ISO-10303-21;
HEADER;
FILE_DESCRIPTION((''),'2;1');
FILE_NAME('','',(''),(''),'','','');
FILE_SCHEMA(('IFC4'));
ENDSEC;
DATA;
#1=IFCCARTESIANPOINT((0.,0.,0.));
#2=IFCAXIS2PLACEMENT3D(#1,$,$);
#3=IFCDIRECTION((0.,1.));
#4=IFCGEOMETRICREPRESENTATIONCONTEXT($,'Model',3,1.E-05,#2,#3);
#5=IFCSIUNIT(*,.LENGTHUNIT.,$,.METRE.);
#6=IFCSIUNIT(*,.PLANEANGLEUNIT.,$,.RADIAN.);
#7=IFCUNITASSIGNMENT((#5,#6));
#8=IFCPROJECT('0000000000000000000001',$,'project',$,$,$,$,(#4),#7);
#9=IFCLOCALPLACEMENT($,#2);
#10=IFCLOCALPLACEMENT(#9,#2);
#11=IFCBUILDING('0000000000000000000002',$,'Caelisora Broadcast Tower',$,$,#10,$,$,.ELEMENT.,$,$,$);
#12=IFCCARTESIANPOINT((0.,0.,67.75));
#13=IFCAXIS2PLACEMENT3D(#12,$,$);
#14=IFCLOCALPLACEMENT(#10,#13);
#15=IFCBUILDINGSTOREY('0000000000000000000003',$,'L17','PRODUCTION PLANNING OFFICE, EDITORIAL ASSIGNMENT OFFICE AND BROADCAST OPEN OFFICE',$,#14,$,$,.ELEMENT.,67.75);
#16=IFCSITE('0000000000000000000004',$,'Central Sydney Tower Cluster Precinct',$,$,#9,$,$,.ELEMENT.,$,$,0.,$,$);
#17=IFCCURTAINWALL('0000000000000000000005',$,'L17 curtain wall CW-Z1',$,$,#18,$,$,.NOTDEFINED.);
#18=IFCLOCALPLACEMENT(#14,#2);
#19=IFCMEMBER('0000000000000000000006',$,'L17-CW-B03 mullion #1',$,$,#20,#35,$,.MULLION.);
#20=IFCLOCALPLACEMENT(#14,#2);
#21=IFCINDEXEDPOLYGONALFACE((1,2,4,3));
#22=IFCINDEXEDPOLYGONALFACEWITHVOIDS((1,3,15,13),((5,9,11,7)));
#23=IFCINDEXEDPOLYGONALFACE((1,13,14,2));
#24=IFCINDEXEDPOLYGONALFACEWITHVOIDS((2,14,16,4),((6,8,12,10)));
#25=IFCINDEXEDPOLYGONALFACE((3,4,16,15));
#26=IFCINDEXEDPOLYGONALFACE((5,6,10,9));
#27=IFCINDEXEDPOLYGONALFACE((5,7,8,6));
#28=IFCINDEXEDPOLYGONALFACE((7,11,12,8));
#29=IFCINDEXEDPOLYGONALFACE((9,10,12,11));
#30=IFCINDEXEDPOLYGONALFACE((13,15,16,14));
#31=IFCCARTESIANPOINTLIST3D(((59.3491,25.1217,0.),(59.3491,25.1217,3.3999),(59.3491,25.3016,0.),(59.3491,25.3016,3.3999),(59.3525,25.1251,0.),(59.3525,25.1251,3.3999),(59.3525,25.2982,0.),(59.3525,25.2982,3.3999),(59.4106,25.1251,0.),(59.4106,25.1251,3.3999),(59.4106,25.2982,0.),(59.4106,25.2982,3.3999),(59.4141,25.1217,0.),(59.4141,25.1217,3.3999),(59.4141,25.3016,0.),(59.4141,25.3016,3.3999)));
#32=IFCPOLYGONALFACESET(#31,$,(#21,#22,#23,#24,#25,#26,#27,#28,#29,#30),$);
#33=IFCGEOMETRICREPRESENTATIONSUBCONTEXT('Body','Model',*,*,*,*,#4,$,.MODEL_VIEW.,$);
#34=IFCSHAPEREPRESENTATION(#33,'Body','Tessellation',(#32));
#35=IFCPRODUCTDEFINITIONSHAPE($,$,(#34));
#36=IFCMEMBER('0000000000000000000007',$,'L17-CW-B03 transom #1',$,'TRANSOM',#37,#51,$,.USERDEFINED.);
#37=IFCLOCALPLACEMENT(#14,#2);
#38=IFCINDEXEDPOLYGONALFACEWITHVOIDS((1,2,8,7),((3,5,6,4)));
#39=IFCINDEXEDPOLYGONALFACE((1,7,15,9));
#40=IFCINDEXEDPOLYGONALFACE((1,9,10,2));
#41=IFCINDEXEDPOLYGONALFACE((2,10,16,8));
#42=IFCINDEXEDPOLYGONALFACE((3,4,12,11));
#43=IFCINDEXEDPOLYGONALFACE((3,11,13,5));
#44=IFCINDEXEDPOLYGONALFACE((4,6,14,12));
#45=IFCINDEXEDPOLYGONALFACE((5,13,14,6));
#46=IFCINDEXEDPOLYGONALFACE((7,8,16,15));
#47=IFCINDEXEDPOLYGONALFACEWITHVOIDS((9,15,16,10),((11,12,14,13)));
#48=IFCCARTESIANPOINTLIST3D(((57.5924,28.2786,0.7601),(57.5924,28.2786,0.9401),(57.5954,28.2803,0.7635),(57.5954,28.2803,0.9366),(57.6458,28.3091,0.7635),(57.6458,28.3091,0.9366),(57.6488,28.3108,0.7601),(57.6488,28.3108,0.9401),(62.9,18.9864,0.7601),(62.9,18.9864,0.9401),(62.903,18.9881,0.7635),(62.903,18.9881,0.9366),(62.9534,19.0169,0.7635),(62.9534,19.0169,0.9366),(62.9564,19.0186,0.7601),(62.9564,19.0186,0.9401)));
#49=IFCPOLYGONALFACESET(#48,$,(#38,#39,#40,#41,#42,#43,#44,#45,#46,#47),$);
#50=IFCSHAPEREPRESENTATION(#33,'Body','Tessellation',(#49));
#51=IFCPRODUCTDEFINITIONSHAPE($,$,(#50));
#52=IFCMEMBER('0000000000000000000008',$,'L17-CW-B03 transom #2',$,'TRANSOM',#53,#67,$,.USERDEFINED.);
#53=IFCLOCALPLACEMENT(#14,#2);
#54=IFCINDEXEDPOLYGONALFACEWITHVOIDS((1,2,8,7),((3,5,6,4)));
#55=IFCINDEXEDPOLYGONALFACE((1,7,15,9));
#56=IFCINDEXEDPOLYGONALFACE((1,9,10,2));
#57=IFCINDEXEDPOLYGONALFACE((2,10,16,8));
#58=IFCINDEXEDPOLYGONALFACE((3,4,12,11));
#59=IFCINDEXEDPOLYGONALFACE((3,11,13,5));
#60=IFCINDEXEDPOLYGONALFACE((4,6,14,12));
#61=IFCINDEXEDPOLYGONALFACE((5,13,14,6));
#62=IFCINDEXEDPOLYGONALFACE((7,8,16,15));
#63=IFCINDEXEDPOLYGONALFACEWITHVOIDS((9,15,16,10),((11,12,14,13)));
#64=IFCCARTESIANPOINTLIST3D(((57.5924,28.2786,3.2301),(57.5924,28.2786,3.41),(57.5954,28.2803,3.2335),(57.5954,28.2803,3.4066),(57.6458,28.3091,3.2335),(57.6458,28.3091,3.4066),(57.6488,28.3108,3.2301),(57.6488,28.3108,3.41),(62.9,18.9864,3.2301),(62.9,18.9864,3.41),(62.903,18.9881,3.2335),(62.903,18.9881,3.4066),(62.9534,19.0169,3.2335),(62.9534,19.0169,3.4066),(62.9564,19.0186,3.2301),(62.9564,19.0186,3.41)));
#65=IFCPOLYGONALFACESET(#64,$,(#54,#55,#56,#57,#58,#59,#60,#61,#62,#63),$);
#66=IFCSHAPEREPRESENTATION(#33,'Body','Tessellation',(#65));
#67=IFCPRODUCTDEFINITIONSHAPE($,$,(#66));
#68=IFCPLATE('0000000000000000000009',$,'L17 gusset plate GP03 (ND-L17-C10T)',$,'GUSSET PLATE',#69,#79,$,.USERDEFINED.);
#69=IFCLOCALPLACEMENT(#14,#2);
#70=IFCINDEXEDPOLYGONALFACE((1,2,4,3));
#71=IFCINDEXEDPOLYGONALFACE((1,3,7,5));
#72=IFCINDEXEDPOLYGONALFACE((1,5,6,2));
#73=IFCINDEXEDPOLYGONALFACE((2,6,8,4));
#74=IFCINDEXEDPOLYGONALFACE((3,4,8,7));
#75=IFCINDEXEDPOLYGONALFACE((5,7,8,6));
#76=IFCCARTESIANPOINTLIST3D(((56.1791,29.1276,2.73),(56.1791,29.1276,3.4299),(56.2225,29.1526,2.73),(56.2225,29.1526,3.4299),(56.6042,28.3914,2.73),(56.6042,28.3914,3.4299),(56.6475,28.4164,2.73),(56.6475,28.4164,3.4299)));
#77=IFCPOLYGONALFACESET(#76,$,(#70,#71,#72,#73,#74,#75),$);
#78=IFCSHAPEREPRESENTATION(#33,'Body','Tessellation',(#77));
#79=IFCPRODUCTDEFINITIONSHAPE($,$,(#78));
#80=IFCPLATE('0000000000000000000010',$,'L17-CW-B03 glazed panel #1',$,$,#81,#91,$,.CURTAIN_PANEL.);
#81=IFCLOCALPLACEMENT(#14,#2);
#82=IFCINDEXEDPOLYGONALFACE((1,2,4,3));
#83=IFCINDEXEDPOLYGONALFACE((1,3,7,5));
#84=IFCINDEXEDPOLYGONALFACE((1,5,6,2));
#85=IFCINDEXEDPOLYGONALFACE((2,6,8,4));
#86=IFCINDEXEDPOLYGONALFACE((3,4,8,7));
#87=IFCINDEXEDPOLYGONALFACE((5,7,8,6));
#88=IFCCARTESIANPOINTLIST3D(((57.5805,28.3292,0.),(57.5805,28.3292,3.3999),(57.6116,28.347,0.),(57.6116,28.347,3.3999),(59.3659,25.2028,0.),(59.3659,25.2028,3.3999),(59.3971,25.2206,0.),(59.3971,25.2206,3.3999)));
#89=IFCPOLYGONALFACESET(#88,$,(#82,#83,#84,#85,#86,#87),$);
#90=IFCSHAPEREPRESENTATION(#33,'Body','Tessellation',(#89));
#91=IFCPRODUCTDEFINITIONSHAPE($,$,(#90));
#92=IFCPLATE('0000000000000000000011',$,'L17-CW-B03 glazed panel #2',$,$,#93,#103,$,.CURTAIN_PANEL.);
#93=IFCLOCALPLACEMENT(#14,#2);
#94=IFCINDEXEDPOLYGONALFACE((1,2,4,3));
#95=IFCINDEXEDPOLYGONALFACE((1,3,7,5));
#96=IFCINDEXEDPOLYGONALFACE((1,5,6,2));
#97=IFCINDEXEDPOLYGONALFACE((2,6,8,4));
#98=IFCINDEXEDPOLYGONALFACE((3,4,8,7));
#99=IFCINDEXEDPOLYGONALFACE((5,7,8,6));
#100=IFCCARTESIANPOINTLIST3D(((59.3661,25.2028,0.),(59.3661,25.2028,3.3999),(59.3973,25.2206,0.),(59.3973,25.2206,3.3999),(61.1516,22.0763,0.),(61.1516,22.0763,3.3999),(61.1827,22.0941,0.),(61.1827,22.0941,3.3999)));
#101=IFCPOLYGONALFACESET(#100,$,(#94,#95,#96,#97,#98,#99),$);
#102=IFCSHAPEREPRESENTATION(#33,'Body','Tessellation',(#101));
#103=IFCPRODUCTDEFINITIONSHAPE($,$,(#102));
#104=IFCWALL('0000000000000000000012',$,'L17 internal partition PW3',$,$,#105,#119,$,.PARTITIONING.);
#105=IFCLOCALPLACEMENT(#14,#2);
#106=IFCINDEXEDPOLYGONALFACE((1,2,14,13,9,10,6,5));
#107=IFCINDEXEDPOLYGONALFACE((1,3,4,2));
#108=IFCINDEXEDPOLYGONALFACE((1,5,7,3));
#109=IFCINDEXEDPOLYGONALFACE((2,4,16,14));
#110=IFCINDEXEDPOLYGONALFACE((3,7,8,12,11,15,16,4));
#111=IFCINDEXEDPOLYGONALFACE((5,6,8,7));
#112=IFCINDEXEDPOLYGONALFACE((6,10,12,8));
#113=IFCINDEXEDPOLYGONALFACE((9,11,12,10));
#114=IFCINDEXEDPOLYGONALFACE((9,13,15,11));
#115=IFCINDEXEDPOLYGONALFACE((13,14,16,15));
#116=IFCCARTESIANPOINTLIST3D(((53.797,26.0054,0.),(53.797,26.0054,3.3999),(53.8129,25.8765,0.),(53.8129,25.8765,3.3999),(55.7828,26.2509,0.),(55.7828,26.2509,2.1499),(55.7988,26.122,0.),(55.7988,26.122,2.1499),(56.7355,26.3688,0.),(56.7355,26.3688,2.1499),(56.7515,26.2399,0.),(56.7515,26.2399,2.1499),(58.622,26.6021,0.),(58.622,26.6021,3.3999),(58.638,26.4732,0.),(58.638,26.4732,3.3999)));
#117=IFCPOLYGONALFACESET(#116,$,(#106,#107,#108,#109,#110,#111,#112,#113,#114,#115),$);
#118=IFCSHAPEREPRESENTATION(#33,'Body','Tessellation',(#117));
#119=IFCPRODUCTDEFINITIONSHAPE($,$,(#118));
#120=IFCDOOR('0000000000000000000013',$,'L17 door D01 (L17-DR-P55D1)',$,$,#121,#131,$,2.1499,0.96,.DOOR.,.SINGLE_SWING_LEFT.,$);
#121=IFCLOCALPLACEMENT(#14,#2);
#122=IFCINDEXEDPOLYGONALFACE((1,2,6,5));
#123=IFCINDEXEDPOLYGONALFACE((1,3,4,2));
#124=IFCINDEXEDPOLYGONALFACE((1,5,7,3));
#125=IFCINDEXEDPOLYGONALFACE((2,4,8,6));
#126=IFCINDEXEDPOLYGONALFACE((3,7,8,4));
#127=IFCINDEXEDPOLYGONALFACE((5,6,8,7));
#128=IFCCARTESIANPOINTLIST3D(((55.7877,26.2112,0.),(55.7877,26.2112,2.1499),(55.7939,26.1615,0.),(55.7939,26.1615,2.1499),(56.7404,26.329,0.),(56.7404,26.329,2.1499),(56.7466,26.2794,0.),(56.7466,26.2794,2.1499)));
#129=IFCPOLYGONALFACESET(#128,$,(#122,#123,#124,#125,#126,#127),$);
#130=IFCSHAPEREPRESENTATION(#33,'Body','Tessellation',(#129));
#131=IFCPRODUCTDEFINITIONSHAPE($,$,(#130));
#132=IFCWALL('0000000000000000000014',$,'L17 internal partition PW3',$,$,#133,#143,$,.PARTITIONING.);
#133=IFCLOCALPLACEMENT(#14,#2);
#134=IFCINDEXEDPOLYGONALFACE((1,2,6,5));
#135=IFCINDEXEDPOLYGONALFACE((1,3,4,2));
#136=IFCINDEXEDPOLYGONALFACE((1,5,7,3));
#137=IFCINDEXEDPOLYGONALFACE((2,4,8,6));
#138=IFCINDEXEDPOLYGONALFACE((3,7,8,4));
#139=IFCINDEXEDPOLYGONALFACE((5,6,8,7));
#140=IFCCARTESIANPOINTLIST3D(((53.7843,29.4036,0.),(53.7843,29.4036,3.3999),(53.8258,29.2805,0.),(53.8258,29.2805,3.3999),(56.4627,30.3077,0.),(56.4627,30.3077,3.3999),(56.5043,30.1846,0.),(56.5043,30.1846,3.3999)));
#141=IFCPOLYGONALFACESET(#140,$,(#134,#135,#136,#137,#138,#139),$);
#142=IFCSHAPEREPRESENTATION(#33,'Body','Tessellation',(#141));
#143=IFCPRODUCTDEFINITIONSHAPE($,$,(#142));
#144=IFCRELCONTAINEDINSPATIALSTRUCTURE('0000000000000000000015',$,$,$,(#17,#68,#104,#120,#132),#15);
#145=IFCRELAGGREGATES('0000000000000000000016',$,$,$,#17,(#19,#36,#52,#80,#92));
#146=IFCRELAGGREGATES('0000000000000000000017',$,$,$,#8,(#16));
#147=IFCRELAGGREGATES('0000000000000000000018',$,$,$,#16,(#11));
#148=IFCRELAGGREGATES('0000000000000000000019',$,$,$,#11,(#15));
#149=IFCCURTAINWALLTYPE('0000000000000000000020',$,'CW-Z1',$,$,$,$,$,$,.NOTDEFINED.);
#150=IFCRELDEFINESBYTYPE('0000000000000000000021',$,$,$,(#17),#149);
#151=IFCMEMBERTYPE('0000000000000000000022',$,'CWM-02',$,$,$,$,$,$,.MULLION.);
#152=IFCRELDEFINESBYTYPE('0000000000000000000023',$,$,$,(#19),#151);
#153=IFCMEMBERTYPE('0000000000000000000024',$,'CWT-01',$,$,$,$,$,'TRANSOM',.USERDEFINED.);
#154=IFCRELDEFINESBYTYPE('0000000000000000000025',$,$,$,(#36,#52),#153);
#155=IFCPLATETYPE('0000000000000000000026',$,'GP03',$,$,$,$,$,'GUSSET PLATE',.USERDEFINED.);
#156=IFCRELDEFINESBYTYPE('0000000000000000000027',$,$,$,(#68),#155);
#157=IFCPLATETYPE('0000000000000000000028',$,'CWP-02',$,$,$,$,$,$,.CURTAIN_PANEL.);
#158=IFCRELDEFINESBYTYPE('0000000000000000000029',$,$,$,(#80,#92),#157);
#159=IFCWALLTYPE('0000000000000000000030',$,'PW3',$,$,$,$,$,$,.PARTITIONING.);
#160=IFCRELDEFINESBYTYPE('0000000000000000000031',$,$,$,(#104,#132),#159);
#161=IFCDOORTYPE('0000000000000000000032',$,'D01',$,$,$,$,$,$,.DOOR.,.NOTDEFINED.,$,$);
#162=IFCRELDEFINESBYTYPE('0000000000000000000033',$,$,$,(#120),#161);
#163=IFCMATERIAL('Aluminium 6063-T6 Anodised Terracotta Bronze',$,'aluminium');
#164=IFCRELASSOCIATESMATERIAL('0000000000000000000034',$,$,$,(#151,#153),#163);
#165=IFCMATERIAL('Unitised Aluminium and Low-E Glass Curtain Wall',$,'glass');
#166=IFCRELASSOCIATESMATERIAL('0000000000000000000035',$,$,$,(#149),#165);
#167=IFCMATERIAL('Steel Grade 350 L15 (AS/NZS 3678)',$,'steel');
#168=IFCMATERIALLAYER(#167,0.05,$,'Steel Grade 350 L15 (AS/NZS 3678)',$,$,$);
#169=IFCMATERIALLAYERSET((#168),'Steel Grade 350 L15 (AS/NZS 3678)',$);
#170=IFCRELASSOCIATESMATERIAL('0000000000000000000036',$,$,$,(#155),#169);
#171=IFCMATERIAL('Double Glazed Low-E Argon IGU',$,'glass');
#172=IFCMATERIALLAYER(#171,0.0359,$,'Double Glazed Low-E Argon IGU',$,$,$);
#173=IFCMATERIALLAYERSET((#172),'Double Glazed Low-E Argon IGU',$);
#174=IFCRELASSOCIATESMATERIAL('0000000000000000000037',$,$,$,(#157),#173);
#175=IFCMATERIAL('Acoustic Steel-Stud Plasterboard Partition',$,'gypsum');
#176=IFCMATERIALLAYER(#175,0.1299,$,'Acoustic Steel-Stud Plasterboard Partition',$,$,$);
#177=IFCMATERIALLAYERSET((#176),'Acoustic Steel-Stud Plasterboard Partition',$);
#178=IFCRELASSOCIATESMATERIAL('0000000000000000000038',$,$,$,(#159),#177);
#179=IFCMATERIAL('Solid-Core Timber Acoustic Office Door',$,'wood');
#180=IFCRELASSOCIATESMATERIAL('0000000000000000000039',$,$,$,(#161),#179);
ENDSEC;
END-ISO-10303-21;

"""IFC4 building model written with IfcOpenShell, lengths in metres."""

from ifc_helpers import new_model, si_unit, direction, frame, frame_2d, origin, origin_2d, place, context, subcontext, project, spatial, rectangle, hollow_rectangle, extrude, source, transform, mapped, material, layer, layer_set, material_profile, profile_set, type_object, type_shapes, element, fill, aggregate, save


model = new_model("IFC4")

# Units and contexts
model_context = context("Model", 3, precision=1e-05, world=origin(), true_north=direction((0.0, 1.0)))
body_context = subcontext(model_context, "Body", "Model", "MODEL_VIEW")
ifc_project = project(units=[si_unit("LENGTHUNIT", "METRE"), si_unit("PLANEANGLEUNIT", "RADIAN")], contexts=[model_context])

# Site, building, storey
site_placement = place(None, origin())
site = spatial("IfcSite", under=ifc_project, at=site_placement, Name="Central Sydney Tower Cluster Precinct", CompositionType="ELEMENT", RefElevation=0.0)
building_placement = place(site_placement, origin())
building = spatial("IfcBuilding", under=site, at=building_placement, Name="Caelisora Broadcast Tower", CompositionType="ELEMENT")
storey_placement = place(building_placement, frame((0.0, 0.0, 67.75)))
storey = spatial("IfcBuildingStorey", under=building, at=storey_placement, Name="L17", Description="PRODUCTION PLANNING OFFICE, EDITORIAL ASSIGNMENT OFFICE AND BROADCAST OPEN OFFICE", CompositionType="ELEMENT", Elevation=67.75)

# Shared definitions
ifc_material_1 = material(Name="Steel Grade 350 L15 (AS/NZS 3678)", Category="steel")

# Shared definitions
ifc_material_2 = material(Name="Aluminium 6063-T6 Anodised Terracotta Bronze", Category="aluminium")
ifc_material_profile_1 = material_profile(ifc_material_2, hollow_rectangle(XDim=0.0649, YDim=0.1799, WallThickness=0.0034, at=origin_2d()), Name="Aluminium 6063-T6 Anodised Terracotta Bronze")
ifc_profile_set_1 = profile_set([ifc_material_profile_1], Name="Aluminium 6063-T6 Anodised Terracotta Bronze")
member_type_1 = type_object("IfcMemberType", Name="CWM-02", PredefinedType="MULLION", material=ifc_profile_set_1)
shared_shape_1 = source(origin(), body_context, "Body", "SweptSolid", [
    extrude(hollow_rectangle(XDim=0.0649, YDim=0.1799, WallThickness=0.0034, at=origin_2d()), origin(), (0.0, 0.0, 1.0), 3.3999),
])
type_shapes(member_type_1, [shared_shape_1])

# Curtain wall, members
ifc_material_3 = material(Name="Unitised Aluminium and Low-E Glass Curtain Wall", Category="glass")
curtain_wall_type_1 = type_object("IfcCurtainWallType", Name="CW-Z1", PredefinedType="NOTDEFINED", material=ifc_material_3)
curtain_wall_1_placement = place(storey_placement, origin())
curtain_wall_1 = element("IfcCurtainWall", 1, at=curtain_wall_1_placement, inside=storey, type_object=curtain_wall_type_1, Name="L17 curtain wall CW-Z1", PredefinedType="NOTDEFINED")
member_1_placement = place(storey_placement, frame((59.3816, 25.2117, 0.0), z_axis=(0.0, 0.0, 1.0), x_axis=(1.0, 0.0, 0.0)))
member_1 = element("IfcMember", 2, at=member_1_placement, type_object=member_type_1, Name="L17-CW-B03 mullion #1", PredefinedType="MULLION", context=body_context, shape_type="MappedRepresentation", body=[
    mapped(shared_shape_1, transform((0.0, 0.0, 0.0), scale=1.0)),
])
ifc_material_profile_2 = material_profile(ifc_material_2, hollow_rectangle(XDim=0.0649, YDim=0.1799, WallThickness=0.0034, at=origin_2d()), Name="Aluminium 6063-T6 Anodised Terracotta Bronze")
ifc_profile_set_2 = profile_set([ifc_material_profile_2], Name="Aluminium 6063-T6 Anodised Terracotta Bronze")
member_type_2 = type_object("IfcMemberType", Name="CWT-01", ElementType="TRANSOM", PredefinedType="USERDEFINED", material=ifc_profile_set_2)
shared_shape_2 = source(origin(), body_context, "Body", "SweptSolid", [
    extrude(hollow_rectangle(XDim=0.0649, YDim=0.1799, WallThickness=0.0034, at=origin_2d()), origin(), (0.0, 0.0, 1.0), 10.7012),
])
type_shapes(member_type_2, [shared_shape_2])
member_2_placement = place(storey_placement, frame((57.6206, 28.2947, 0.8501), z_axis=(0.495982, -0.868333, 0.0), x_axis=(0.868333, 0.495982, 0.0)))
member_2 = element("IfcMember", 3, at=member_2_placement, type_object=member_type_2, Name="L17-CW-B03 transom #1", ObjectType="TRANSOM", PredefinedType="USERDEFINED", context=body_context, shape_type="MappedRepresentation", body=[
    mapped(shared_shape_2, transform((0.0, 0.0, 0.0), scale=1.0)),
])
member_3_placement = place(storey_placement, frame((57.6206, 28.2947, 3.3201), z_axis=(0.495982, -0.868333, 0.0), x_axis=(0.868333, 0.495982, 0.0)))
member_3 = element("IfcMember", 4, at=member_3_placement, type_object=member_type_2, Name="L17-CW-B03 transom #2", ObjectType="TRANSOM", PredefinedType="USERDEFINED", context=body_context, shape_type="MappedRepresentation", body=[
    mapped(shared_shape_2, transform((0.0, 0.0, 0.0), scale=1.0)),
])

# Plates
ifc_layer_1 = layer(ifc_material_1, 0.05, Name="Steel Grade 350 L15 (AS/NZS 3678)")
ifc_layer_set_1 = layer_set([ifc_layer_1], Name="Steel Grade 350 L15 (AS/NZS 3678)")
plate_type_1 = type_object("IfcPlateType", Name="GP03", ElementType="GUSSET PLATE", PredefinedType="USERDEFINED", material=ifc_layer_set_1)
shared_shape_3 = source(origin(), body_context, "Body", "SweptSolid", [
    extrude(rectangle(XDim=0.8501, YDim=0.05, at=origin_2d()), origin(), (0.0, 0.0, 1.0), 0.7),
])
type_shapes(plate_type_1, [shared_shape_3])
plate_1_placement = place(storey_placement, frame((56.4133, 28.772, 2.73), z_axis=(0.0, 0.0, 1.0), x_axis=(-0.5, 0.866025, 0.0)))
element("IfcPlate", 5, at=plate_1_placement, inside=storey, type_object=plate_type_1, Name="L17 gusset plate GP03 (ND-L17-C10T)", ObjectType="GUSSET PLATE", PredefinedType="USERDEFINED", context=body_context, shape_type="MappedRepresentation", body=[
    mapped(shared_shape_3, transform((0.0, 0.0, 0.0), scale=1.0)),
])
ifc_material_4 = material(Name="Double Glazed Low-E Argon IGU", Category="glass")
ifc_layer_2 = layer(ifc_material_4, 0.0359, Name="Double Glazed Low-E Argon IGU")
ifc_layer_set_2 = layer_set([ifc_layer_2], Name="Double Glazed Low-E Argon IGU")
plate_type_2 = type_object("IfcPlateType", Name="CWP-02", PredefinedType="CURTAIN_PANEL", material=ifc_layer_set_2)
shared_shape_4 = source(origin(), body_context, "Body", "SweptSolid", [
    extrude(rectangle(XDim=3.6003, YDim=0.0359, at=origin_2d()), origin(), (0.0, 0.0, 1.0), 3.3999),
])
type_shapes(plate_type_2, [shared_shape_4])
plate_2_placement = place(storey_placement, frame((58.4888, 26.7749, 0.0), z_axis=(0.0, 0.0, 1.0), x_axis=(0.495913, -0.868372, 0.0)))
plate_2 = element("IfcPlate", 6, at=plate_2_placement, type_object=plate_type_2, Name="L17-CW-B03 glazed panel #1", PredefinedType="CURTAIN_PANEL", context=body_context, shape_type="MappedRepresentation", body=[
    mapped(shared_shape_4, transform((0.0, 0.0, 0.0), scale=1.0)),
])
plate_3_placement = place(storey_placement, frame((60.2744, 23.6484, 0.0), z_axis=(0.0, 0.0, 1.0), x_axis=(0.495913, -0.868372, 0.0)))
plate_3 = element("IfcPlate", 7, at=plate_3_placement, type_object=plate_type_2, Name="L17-CW-B03 glazed panel #2", PredefinedType="CURTAIN_PANEL", context=body_context, shape_type="MappedRepresentation", body=[
    mapped(shared_shape_4, transform((0.0, 0.0, 0.0), scale=1.0)),
])
aggregate(curtain_wall_1, [member_1, member_2, member_3, plate_2, plate_3])

# Wall, opening, door
ifc_material_5 = material(Name="Acoustic Steel-Stud Plasterboard Partition", Category="gypsum")
ifc_layer_3 = layer(ifc_material_5, 0.1299, Name="Acoustic Steel-Stud Plasterboard Partition")
ifc_layer_set_3 = layer_set([ifc_layer_3], Name="Acoustic Steel-Stud Plasterboard Partition")
wall_type_1 = type_object("IfcWallType", Name="PW3", PredefinedType="PARTITIONING", material=ifc_layer_set_3)
wall_1_placement = place(storey_placement, frame((53.8049, 25.9409, 0.0), z_axis=(0.0, 0.0, 1.0), x_axis=(0.99244, 0.122731, 0.0)))
wall_1 = element("IfcWall", 8, at=wall_1_placement, inside=storey, type_object=wall_type_1, Name="L17 internal partition PW3", PredefinedType="PARTITIONING", context=body_context, shape_type="SweptSolid", body=[
    extrude(rectangle(XDim=4.8618, YDim=0.1299, at=frame_2d((2.4309, 0.0))), origin(), (0.0, 0.0, 1.0), 3.3999),
])
opening_1_placement = place(wall_1_placement, frame((2.001, 0.0, 0.0)))
opening_1 = element("IfcOpeningElement", 9, at=opening_1_placement, cuts=wall_1, PredefinedType="OPENING", context=body_context, shape_type="SweptSolid", body=[
    extrude(rectangle(XDim=0.96, YDim=2.1499, at=frame_2d((0.48, 1.075))), frame((0.0, 0.0769, 0.0), z_axis=(0.0, -1.0, 0.0), x_axis=(1.0, 0.0, 0.0)), (0.0, 0.0, 1.0), 0.1538),
])
ifc_material_6 = material(Name="Solid-Core Timber Acoustic Office Door", Category="wood")
door_type_1 = type_object("IfcDoorType", Name="D01", OperationType="NOTDEFINED", PredefinedType="DOOR", material=ifc_material_6)
door_1_placement = place(opening_1_placement, origin())
door_1 = element("IfcDoor", 10, at=door_1_placement, inside=storey, type_object=door_type_1, Name="L17 door D01 (L17-DR-P55D1)", OperationType="SINGLE_SWING_LEFT", OverallHeight=2.1499, OverallWidth=0.96, PredefinedType="DOOR", context=body_context, shape_type="SweptSolid", body=[
    extrude(rectangle(XDim=0.96, YDim=2.1499, at=frame_2d((0.48, 1.075))), frame((0.0, 0.0249, 0.0), z_axis=(0.0, -1.0, 0.0), x_axis=(1.0, 0.0, 0.0)), (0.0, 0.0, 1.0), 0.05),
])
fill(opening_1, door_1)

# Wall
wall_2_placement = place(storey_placement, frame((53.8049, 29.342, 0.0), z_axis=(0.0, 0.0, 1.0), x_axis=(0.947485, 0.319801, 0.0)))
element("IfcWall", 11, at=wall_2_placement, inside=storey, type_object=wall_type_1, Name="L17 internal partition PW3", PredefinedType="PARTITIONING", context=body_context, shape_type="SweptSolid", body=[
    extrude(rectangle(XDim=2.8269, YDim=0.1299, at=frame_2d((1.4136, 0.0))), origin(), (0.0, 0.0, 1.0), 3.3999),
])

save(model, "model.ifc")
